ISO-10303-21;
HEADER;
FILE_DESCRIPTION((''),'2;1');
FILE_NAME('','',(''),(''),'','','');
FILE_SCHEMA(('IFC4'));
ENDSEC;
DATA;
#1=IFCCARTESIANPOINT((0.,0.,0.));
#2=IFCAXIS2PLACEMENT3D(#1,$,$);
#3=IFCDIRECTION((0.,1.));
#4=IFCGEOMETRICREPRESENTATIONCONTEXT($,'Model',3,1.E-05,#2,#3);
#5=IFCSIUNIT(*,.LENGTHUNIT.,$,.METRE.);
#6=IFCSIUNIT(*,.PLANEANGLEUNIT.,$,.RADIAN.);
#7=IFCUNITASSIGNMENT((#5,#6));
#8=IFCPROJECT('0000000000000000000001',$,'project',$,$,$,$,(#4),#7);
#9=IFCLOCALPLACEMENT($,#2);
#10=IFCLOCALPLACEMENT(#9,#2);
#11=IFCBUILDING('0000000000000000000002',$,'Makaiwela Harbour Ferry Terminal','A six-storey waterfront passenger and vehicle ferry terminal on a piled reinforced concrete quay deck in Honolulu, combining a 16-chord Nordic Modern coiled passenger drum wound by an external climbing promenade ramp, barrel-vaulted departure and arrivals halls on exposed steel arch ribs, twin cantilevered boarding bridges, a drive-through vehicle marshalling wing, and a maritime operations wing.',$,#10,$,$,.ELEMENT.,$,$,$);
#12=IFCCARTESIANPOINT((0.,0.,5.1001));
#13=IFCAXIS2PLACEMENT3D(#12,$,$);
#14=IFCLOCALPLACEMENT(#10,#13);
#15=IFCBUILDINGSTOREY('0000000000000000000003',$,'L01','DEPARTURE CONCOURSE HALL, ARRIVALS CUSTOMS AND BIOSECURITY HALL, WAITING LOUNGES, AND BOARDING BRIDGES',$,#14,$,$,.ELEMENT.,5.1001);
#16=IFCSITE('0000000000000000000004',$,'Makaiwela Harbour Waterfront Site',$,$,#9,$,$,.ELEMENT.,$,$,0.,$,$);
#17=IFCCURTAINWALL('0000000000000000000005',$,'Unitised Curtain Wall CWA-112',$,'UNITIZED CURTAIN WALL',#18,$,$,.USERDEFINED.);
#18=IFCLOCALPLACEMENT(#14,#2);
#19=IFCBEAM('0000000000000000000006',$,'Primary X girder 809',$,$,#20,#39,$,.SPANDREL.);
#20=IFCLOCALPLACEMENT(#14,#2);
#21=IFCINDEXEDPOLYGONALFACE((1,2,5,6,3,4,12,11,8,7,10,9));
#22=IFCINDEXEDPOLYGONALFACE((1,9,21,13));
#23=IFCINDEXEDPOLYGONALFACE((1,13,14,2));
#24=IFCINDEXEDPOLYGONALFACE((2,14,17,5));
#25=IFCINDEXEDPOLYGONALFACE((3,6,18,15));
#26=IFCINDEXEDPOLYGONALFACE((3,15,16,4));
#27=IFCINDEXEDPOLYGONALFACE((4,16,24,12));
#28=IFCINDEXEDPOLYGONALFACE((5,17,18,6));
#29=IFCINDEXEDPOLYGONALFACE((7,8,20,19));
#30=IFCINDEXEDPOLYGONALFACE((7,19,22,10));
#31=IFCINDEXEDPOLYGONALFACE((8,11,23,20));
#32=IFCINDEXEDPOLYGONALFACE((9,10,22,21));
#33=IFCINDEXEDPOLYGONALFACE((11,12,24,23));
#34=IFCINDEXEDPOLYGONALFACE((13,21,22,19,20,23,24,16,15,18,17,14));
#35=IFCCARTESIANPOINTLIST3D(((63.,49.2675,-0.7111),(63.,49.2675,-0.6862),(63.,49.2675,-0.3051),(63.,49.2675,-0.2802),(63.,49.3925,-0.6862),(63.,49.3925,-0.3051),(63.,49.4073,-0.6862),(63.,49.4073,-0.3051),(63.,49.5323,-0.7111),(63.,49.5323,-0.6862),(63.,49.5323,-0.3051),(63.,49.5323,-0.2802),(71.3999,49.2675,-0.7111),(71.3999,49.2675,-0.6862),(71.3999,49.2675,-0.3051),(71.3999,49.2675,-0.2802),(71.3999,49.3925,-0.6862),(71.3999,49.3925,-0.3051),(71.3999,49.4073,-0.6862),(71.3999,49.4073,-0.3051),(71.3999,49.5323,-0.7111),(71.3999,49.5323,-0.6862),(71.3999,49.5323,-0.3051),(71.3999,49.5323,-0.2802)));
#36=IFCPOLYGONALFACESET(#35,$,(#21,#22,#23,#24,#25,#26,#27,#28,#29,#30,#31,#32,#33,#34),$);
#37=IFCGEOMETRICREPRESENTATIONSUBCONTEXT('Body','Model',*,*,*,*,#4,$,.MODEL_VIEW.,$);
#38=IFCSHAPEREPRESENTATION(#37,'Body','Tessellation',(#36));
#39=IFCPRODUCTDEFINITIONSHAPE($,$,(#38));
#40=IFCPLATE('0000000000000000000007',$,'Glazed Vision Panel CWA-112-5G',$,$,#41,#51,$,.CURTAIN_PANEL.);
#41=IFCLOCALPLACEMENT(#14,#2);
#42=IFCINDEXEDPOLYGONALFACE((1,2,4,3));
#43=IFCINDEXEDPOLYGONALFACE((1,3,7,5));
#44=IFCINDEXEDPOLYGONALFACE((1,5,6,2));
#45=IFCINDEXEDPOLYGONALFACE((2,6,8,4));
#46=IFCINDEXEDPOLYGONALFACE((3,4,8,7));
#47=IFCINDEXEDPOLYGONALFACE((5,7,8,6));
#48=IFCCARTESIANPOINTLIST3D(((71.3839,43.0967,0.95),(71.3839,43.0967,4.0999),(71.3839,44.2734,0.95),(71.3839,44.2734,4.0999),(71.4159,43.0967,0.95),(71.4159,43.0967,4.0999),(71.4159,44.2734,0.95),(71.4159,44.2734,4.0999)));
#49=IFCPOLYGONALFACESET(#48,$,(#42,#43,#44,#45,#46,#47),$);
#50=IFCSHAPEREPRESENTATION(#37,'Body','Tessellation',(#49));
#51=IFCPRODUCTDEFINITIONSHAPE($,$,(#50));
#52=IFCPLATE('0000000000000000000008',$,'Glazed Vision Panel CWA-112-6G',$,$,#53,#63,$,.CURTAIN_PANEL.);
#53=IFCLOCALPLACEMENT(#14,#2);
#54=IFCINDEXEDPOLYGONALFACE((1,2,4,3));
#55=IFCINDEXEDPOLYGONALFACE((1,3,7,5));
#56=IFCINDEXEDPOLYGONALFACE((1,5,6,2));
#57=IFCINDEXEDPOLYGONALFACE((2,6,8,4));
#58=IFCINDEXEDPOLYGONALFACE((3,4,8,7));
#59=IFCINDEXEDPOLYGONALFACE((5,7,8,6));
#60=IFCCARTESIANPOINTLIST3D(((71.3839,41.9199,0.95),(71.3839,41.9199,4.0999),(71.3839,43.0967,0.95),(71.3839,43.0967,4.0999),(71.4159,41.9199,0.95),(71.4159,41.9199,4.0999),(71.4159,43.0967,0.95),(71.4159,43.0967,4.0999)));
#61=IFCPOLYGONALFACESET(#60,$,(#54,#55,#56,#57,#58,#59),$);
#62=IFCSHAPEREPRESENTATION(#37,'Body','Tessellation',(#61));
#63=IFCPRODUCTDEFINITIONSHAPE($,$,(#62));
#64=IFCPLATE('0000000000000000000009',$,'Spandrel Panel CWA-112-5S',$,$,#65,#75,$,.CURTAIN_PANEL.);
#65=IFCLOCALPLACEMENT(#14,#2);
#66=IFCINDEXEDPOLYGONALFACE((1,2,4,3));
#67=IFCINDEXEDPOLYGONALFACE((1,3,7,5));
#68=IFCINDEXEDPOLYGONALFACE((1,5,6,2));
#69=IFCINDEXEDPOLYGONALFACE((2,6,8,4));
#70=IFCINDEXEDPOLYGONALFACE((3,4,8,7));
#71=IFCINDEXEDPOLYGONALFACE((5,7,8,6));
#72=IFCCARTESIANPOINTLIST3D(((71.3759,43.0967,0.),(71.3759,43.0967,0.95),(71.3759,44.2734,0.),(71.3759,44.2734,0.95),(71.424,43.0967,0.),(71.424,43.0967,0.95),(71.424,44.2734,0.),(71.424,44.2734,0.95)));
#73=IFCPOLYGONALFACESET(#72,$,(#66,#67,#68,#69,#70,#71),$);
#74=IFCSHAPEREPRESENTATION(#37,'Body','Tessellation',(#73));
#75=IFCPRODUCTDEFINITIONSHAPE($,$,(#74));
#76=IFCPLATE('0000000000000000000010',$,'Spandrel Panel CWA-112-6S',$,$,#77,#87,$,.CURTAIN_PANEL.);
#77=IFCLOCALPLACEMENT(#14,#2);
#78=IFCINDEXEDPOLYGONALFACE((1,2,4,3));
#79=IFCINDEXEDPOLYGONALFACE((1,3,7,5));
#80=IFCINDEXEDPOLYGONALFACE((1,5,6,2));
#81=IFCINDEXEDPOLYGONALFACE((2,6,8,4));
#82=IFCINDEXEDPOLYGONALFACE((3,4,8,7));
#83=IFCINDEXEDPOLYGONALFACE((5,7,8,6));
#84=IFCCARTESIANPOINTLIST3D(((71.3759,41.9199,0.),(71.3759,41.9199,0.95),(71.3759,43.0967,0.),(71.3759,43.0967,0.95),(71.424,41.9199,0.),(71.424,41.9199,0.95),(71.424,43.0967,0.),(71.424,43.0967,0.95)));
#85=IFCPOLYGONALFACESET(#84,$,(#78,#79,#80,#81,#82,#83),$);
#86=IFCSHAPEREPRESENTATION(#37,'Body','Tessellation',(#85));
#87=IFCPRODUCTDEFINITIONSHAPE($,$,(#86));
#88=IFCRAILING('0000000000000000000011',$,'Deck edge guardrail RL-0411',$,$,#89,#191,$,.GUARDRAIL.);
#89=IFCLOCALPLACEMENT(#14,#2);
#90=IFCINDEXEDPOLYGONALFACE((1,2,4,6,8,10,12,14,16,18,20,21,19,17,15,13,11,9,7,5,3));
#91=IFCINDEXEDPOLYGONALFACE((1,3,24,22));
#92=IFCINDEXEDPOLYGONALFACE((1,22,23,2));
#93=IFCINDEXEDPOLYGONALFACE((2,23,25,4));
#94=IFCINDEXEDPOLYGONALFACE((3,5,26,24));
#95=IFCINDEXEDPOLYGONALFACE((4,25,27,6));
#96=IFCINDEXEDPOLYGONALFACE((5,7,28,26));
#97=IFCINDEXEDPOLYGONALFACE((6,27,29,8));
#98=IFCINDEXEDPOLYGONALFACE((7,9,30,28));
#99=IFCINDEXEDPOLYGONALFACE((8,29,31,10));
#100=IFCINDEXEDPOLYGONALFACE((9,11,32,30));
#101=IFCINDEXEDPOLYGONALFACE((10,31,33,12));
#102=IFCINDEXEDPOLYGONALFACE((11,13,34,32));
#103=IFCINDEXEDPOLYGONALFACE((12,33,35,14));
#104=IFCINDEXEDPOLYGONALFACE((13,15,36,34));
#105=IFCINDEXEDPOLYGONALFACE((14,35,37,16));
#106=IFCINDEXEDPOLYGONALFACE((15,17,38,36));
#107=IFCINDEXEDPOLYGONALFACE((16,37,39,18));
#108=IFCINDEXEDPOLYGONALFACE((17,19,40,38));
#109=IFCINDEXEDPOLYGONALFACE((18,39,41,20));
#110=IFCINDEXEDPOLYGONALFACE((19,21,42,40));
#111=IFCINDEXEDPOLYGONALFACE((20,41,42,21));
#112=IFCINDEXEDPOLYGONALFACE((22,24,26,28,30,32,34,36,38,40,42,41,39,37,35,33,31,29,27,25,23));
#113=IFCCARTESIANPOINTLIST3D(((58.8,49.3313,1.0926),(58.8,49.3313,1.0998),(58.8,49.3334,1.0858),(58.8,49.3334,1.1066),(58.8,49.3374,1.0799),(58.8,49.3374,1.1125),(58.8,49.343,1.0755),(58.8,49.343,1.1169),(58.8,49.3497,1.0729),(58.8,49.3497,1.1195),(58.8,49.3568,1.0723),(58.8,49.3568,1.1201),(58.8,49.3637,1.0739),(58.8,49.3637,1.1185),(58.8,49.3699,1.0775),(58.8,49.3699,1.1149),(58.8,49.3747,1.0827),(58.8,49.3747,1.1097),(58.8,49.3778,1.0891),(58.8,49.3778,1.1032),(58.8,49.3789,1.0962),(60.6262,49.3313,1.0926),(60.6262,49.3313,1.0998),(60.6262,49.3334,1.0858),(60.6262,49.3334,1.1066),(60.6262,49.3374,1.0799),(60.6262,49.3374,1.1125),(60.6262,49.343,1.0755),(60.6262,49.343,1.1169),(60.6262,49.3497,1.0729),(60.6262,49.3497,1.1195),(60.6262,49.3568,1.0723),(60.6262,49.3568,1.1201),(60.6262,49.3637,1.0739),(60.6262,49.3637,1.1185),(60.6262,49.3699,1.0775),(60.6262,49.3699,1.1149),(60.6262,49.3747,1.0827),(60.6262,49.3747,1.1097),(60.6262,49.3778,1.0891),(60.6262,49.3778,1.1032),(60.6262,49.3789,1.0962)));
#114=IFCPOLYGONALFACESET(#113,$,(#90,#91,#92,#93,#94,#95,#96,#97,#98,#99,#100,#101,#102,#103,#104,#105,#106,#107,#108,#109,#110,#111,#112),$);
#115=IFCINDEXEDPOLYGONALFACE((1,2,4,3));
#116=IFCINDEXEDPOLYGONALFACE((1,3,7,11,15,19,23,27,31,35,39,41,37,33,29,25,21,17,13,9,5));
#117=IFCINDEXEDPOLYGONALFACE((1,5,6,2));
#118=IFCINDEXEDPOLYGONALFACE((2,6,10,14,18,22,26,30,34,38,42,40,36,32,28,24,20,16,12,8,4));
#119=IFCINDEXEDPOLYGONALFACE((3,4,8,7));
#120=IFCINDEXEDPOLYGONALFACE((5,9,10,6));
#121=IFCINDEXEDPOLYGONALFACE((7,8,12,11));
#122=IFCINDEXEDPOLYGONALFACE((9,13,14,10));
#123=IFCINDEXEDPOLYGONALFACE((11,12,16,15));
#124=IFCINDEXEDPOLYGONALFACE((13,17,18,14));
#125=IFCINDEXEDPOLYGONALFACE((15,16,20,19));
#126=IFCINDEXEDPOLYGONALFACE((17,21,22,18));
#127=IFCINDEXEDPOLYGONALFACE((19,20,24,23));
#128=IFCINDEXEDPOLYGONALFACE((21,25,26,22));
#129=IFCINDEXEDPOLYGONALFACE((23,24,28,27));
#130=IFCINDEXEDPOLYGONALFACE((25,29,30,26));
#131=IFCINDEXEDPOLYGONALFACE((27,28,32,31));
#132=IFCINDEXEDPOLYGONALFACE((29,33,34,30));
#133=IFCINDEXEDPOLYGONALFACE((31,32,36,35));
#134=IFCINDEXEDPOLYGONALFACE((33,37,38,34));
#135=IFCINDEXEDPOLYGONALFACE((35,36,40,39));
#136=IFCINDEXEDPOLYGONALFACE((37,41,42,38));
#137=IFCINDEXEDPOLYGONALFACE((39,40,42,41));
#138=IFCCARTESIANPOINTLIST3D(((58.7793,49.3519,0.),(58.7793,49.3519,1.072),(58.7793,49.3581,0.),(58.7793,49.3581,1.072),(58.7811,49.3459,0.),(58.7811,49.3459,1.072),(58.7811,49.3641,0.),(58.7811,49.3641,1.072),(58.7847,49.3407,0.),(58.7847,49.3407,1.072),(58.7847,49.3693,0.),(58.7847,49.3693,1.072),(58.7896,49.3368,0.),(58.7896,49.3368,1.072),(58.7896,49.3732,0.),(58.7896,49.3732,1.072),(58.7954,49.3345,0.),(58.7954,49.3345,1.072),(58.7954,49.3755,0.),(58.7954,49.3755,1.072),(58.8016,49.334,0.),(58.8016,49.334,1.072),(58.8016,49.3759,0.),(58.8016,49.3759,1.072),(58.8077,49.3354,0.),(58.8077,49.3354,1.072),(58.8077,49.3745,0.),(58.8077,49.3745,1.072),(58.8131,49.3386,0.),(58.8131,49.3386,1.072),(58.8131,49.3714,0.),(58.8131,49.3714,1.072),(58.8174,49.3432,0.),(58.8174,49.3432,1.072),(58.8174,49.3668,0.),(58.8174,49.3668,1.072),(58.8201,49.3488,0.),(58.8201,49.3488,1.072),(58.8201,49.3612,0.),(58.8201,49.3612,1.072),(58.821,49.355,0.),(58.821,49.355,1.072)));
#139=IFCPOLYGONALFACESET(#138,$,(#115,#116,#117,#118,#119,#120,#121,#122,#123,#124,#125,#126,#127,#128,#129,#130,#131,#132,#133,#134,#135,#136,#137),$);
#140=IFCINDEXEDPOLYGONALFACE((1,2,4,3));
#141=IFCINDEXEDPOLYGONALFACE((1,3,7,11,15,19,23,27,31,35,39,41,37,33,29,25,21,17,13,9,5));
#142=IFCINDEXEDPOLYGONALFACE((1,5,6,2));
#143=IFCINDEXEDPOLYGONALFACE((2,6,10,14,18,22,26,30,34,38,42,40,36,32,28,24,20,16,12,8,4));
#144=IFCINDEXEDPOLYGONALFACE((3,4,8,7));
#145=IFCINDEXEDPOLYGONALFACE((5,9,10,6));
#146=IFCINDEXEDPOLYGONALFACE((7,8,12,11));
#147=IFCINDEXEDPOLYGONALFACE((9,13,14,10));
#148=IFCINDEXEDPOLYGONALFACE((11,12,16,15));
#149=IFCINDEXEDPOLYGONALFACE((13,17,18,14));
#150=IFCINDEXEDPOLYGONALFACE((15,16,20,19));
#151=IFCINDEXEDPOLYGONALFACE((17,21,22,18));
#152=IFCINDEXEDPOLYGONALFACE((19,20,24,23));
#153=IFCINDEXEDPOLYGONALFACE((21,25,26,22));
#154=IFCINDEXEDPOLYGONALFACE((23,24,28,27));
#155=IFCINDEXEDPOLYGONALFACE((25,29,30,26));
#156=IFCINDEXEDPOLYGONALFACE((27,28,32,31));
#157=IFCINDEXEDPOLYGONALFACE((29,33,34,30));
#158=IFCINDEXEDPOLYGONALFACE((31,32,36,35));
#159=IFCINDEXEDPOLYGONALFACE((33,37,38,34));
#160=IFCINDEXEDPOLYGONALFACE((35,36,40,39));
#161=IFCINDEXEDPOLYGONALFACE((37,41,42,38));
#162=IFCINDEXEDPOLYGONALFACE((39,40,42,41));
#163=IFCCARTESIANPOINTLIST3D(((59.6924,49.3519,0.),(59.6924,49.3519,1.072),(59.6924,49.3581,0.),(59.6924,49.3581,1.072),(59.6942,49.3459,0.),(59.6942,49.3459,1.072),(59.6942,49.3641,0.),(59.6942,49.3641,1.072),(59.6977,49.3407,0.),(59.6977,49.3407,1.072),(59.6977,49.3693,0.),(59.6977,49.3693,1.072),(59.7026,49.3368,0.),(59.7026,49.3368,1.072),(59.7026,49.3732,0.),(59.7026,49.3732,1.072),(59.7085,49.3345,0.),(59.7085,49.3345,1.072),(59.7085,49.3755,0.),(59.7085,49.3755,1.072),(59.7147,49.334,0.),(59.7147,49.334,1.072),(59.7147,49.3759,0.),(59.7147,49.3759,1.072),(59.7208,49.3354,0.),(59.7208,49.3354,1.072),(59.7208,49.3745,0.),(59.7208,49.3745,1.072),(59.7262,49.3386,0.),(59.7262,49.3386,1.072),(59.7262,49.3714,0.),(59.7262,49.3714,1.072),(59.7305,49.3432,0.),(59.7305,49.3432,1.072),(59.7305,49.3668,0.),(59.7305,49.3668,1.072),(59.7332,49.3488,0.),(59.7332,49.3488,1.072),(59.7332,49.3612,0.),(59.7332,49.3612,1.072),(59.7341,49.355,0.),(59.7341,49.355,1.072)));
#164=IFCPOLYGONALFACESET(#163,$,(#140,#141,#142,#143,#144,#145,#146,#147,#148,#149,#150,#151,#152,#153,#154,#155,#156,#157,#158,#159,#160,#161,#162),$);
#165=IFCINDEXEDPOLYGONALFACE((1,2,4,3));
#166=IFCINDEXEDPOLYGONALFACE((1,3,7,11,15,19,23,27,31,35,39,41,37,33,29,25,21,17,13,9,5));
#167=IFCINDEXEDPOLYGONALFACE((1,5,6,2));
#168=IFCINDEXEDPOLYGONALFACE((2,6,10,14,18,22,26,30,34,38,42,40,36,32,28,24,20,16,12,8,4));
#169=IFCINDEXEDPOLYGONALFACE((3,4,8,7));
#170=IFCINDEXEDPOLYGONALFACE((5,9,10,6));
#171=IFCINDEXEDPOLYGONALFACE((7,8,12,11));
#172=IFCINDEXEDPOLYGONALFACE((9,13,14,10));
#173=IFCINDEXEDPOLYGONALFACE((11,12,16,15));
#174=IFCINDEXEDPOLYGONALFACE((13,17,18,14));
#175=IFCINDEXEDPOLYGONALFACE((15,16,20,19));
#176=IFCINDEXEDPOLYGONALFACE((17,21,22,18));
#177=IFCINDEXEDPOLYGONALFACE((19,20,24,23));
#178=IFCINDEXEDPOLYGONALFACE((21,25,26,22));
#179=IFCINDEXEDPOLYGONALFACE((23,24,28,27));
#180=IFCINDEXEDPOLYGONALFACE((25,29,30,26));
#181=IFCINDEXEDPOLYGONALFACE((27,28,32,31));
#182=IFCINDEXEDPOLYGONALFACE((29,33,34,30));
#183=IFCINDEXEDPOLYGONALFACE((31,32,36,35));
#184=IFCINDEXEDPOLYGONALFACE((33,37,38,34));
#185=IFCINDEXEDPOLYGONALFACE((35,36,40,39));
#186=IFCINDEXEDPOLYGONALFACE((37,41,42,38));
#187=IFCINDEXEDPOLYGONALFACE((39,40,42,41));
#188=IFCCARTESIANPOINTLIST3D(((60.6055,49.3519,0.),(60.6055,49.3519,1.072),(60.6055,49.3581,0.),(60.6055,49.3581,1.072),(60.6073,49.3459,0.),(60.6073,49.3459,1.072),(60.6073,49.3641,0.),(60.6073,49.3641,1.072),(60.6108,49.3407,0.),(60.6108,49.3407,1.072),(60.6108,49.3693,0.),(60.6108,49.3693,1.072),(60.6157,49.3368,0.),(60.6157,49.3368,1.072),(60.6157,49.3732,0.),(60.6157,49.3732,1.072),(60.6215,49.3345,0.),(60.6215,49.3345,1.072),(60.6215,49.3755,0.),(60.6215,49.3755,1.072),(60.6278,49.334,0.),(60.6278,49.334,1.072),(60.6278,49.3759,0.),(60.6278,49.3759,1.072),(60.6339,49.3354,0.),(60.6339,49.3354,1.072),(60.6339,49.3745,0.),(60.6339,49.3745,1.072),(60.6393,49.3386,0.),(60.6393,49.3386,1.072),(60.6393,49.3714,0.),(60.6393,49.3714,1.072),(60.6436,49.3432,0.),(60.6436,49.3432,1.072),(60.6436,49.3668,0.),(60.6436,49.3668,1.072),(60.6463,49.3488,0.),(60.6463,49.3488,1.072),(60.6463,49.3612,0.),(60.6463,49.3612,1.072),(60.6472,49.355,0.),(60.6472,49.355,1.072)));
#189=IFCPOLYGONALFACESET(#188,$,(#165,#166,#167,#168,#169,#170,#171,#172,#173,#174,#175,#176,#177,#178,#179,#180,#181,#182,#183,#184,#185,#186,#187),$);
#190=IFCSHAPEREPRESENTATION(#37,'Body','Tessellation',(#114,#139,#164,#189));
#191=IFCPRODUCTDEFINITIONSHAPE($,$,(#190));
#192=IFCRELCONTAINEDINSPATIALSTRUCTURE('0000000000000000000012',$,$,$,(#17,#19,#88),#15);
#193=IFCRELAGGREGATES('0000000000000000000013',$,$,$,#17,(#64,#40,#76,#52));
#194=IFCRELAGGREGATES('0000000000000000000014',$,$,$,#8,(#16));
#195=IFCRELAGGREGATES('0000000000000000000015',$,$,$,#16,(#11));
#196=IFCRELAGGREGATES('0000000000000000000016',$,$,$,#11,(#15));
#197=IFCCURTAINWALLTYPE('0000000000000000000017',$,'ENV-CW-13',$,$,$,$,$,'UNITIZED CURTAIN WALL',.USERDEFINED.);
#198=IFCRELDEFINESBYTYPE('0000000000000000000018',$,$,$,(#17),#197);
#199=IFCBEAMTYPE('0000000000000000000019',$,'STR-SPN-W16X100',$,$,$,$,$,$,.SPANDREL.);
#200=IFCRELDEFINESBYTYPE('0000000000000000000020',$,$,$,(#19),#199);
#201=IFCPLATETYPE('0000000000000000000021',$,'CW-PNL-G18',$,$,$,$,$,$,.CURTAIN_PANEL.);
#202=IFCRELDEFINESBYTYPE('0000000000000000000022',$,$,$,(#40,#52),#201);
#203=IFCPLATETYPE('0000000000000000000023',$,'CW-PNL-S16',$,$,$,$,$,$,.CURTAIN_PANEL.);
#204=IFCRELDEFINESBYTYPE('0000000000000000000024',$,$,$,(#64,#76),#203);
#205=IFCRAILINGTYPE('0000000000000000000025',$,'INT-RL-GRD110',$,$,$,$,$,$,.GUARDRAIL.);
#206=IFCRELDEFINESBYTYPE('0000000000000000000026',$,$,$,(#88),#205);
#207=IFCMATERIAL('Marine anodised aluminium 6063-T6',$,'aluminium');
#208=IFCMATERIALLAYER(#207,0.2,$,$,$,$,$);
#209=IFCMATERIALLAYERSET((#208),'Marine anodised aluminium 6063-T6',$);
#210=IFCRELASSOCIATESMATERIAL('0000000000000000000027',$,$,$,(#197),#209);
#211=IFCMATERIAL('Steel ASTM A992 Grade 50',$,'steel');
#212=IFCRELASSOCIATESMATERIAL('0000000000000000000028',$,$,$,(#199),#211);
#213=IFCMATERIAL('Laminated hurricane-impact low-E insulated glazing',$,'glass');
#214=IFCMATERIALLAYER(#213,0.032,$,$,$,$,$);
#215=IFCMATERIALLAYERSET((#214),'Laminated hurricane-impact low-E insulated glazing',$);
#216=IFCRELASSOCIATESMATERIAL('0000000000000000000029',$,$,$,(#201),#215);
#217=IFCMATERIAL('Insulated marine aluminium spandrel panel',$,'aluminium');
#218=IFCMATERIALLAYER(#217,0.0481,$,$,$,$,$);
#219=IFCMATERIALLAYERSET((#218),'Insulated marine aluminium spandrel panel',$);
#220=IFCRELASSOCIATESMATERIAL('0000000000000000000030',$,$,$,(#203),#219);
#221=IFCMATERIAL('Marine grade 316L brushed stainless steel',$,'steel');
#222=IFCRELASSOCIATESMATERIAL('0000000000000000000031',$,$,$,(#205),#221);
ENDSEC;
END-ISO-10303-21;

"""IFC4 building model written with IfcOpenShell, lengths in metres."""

from ifc_helpers import new_model, si_unit, direction, frame, origin, origin_2d, place, context, subcontext, project, spatial, rectangle, circle, i_section, extrude, material, layer, layer_set, material_profile, profile_set, type_object, element, aggregate, save


model = new_model("IFC4")

# Units and contexts
model_context = context("Model", 3, precision=1e-05, world=origin(), true_north=direction((0.0, 1.0)))
body_context = subcontext(model_context, "Body", "Model", "MODEL_VIEW")
ifc_project = project(units=[si_unit("LENGTHUNIT", "METRE"), si_unit("PLANEANGLEUNIT", "RADIAN")], contexts=[model_context])

# Site, building, storey
site_placement = place(None, origin())
site = spatial("IfcSite", under=ifc_project, at=site_placement, Name="Makaiwela Harbour Waterfront Site", CompositionType="ELEMENT", RefElevation=0.0)
building_placement = place(site_placement, origin())
building = spatial("IfcBuilding", under=site, at=building_placement, Name="Makaiwela Harbour Ferry Terminal", Description="A six-storey waterfront passenger and vehicle ferry terminal on a piled reinforced concrete quay deck in Honolulu, combining a 16-chord Nordic Modern coiled passenger drum wound by an external climbing promenade ramp, barrel-vaulted departure and arrivals halls on exposed steel arch ribs, twin cantilevered boarding bridges, a drive-through vehicle marshalling wing, and a maritime operations wing.", CompositionType="ELEMENT")
storey_placement = place(building_placement, frame((0.0, 0.0, 5.1001)))
storey = spatial("IfcBuildingStorey", under=building, at=storey_placement, Name="L01", Description="DEPARTURE CONCOURSE HALL, ARRIVALS CUSTOMS AND BIOSECURITY HALL, WAITING LOUNGES, AND BOARDING BRIDGES", CompositionType="ELEMENT", Elevation=5.1001)

# Shared definitions
ifc_material_1 = material(Name="Steel ASTM A992 Grade 50", Category="steel")

# Curtain wall
ifc_material_2 = material(Name="Marine anodised aluminium 6063-T6", Category="aluminium")
ifc_layer_1 = layer(ifc_material_2, 0.2)
ifc_layer_set_1 = layer_set([ifc_layer_1], Name="Marine anodised aluminium 6063-T6")
curtain_wall_type = type_object("IfcCurtainWallType", Name="ENV-CW-13", ElementType="UNITIZED CURTAIN WALL", PredefinedType="USERDEFINED", material=ifc_layer_set_1)
curtain_wall_1_placement = place(storey_placement, origin())
curtain_wall_1 = element("IfcCurtainWall", 1, at=curtain_wall_1_placement, inside=storey, type_object=curtain_wall_type, Name="Unitised Curtain Wall CWA-112", ObjectType="UNITIZED CURTAIN WALL", PredefinedType="USERDEFINED")

# Beam
ifc_material_profile_1 = material_profile(ifc_material_1, i_section(OverallWidth=0.2649, OverallDepth=0.4309, WebThickness=0.0149, FlangeThickness=0.0249, at=origin_2d()), Name="W16X100")
ifc_profile_set_1 = profile_set([ifc_material_profile_1], Name="Steel ASTM A992 Grade 50")
beam_type_1 = type_object("IfcBeamType", Name="STR-SPN-W16X100", PredefinedType="SPANDREL", material=ifc_profile_set_1)
beam_1_placement = place(storey_placement, frame((63.0, 49.3999, -0.4956), z_axis=(1.0, 0.0, 0.0), x_axis=(0.0, 1.0, 0.0)))
element("IfcBeam", 2, at=beam_1_placement, inside=storey, type_object=beam_type_1, Name="Primary X girder 809", PredefinedType="SPANDREL", context=body_context, shape_type="SweptSolid", body=[
    extrude(i_section(OverallWidth=0.2649, OverallDepth=0.4309, WebThickness=0.0149, FlangeThickness=0.0249, at=origin_2d()), origin(), (0.0, 0.0, 1.0), 8.3999),
])

# Plates
ifc_material_3 = material(Name="Laminated hurricane-impact low-E insulated glazing", Category="glass")
ifc_layer_2 = layer(ifc_material_3, 0.032)
ifc_layer_set_2 = layer_set([ifc_layer_2], Name="Laminated hurricane-impact low-E insulated glazing")
plate_type_1 = type_object("IfcPlateType", Name="CW-PNL-G18", PredefinedType="CURTAIN_PANEL", material=ifc_layer_set_2)
plate_1_placement = place(storey_placement, frame((71.3999, 43.6851, 0.95), z_axis=(0.0, 0.0, 1.0), x_axis=(0.0, -1.0, 0.0)))
plate_1 = element("IfcPlate", 3, at=plate_1_placement, type_object=plate_type_1, Name="Glazed Vision Panel CWA-112-5G", PredefinedType="CURTAIN_PANEL", context=body_context, shape_type="SweptSolid", body=[
    extrude(rectangle(XDim=1.1768, YDim=0.032, at=origin_2d()), origin(), (0.0, 0.0, 1.0), 3.1499),
])
plate_2_placement = place(storey_placement, frame((71.3999, 42.5083, 0.95), z_axis=(0.0, 0.0, 1.0), x_axis=(0.0, -1.0, 0.0)))
plate_2 = element("IfcPlate", 4, at=plate_2_placement, type_object=plate_type_1, Name="Glazed Vision Panel CWA-112-6G", PredefinedType="CURTAIN_PANEL", context=body_context, shape_type="SweptSolid", body=[
    extrude(rectangle(XDim=1.1768, YDim=0.032, at=origin_2d()), origin(), (0.0, 0.0, 1.0), 3.1499),
])
ifc_material_4 = material(Name="Insulated marine aluminium spandrel panel", Category="aluminium")
ifc_layer_3 = layer(ifc_material_4, 0.0481)
ifc_layer_set_3 = layer_set([ifc_layer_3], Name="Insulated marine aluminium spandrel panel")
plate_type_2 = type_object("IfcPlateType", Name="CW-PNL-S16", PredefinedType="CURTAIN_PANEL", material=ifc_layer_set_3)
plate_3_placement = place(storey_placement, frame((71.3999, 43.6851, 0.0), z_axis=(0.0, 0.0, 1.0), x_axis=(0.0, -1.0, 0.0)))
plate_3 = element("IfcPlate", 5, at=plate_3_placement, type_object=plate_type_2, Name="Spandrel Panel CWA-112-5S", PredefinedType="CURTAIN_PANEL", context=body_context, shape_type="SweptSolid", body=[
    extrude(rectangle(XDim=1.1768, YDim=0.0481, at=origin_2d()), origin(), (0.0, 0.0, 1.0), 0.95),
])
plate_4_placement = place(storey_placement, frame((71.3999, 42.5083, 0.0), z_axis=(0.0, 0.0, 1.0), x_axis=(0.0, -1.0, 0.0)))
plate_4 = element("IfcPlate", 6, at=plate_4_placement, type_object=plate_type_2, Name="Spandrel Panel CWA-112-6S", PredefinedType="CURTAIN_PANEL", context=body_context, shape_type="SweptSolid", body=[
    extrude(rectangle(XDim=1.1768, YDim=0.0481, at=origin_2d()), origin(), (0.0, 0.0, 1.0), 0.95),
])
aggregate(curtain_wall_1, [plate_3, plate_1, plate_4, plate_2])

# Railing
ifc_material_5 = material(Name="Marine grade 316L brushed stainless steel", Category="steel")
railing_type = type_object("IfcRailingType", Name="INT-RL-GRD110", PredefinedType="GUARDRAIL", material=ifc_material_5)
railing_1_placement = place(storey_placement, frame((58.8, 49.355, 0.0)))
element("IfcRailing", 7, at=railing_1_placement, inside=storey, type_object=railing_type, Name="Deck edge guardrail RL-0411", PredefinedType="GUARDRAIL", context=body_context, shape_type="SweptSolid", body=[
    extrude(circle(Radius=0.0239, at=origin_2d()), frame((0.0, 0.0, 1.0962), z_axis=(1.0, 0.0, 0.0), x_axis=(0.0, 1.0, 0.0)), (0.0, 0.0, 1.0), 1.8262),
    extrude(circle(Radius=0.021, at=origin_2d()), origin(), (0.0, 0.0, 1.0), 1.072),
    extrude(circle(Radius=0.021, at=origin_2d()), frame((0.9131, 0.0, 0.0)), (0.0, 0.0, 1.0), 1.072),
    extrude(circle(Radius=0.021, at=origin_2d()), frame((1.8262, 0.0, 0.0)), (0.0, 0.0, 1.0), 1.072),
])

save(model, "model.ifc")
